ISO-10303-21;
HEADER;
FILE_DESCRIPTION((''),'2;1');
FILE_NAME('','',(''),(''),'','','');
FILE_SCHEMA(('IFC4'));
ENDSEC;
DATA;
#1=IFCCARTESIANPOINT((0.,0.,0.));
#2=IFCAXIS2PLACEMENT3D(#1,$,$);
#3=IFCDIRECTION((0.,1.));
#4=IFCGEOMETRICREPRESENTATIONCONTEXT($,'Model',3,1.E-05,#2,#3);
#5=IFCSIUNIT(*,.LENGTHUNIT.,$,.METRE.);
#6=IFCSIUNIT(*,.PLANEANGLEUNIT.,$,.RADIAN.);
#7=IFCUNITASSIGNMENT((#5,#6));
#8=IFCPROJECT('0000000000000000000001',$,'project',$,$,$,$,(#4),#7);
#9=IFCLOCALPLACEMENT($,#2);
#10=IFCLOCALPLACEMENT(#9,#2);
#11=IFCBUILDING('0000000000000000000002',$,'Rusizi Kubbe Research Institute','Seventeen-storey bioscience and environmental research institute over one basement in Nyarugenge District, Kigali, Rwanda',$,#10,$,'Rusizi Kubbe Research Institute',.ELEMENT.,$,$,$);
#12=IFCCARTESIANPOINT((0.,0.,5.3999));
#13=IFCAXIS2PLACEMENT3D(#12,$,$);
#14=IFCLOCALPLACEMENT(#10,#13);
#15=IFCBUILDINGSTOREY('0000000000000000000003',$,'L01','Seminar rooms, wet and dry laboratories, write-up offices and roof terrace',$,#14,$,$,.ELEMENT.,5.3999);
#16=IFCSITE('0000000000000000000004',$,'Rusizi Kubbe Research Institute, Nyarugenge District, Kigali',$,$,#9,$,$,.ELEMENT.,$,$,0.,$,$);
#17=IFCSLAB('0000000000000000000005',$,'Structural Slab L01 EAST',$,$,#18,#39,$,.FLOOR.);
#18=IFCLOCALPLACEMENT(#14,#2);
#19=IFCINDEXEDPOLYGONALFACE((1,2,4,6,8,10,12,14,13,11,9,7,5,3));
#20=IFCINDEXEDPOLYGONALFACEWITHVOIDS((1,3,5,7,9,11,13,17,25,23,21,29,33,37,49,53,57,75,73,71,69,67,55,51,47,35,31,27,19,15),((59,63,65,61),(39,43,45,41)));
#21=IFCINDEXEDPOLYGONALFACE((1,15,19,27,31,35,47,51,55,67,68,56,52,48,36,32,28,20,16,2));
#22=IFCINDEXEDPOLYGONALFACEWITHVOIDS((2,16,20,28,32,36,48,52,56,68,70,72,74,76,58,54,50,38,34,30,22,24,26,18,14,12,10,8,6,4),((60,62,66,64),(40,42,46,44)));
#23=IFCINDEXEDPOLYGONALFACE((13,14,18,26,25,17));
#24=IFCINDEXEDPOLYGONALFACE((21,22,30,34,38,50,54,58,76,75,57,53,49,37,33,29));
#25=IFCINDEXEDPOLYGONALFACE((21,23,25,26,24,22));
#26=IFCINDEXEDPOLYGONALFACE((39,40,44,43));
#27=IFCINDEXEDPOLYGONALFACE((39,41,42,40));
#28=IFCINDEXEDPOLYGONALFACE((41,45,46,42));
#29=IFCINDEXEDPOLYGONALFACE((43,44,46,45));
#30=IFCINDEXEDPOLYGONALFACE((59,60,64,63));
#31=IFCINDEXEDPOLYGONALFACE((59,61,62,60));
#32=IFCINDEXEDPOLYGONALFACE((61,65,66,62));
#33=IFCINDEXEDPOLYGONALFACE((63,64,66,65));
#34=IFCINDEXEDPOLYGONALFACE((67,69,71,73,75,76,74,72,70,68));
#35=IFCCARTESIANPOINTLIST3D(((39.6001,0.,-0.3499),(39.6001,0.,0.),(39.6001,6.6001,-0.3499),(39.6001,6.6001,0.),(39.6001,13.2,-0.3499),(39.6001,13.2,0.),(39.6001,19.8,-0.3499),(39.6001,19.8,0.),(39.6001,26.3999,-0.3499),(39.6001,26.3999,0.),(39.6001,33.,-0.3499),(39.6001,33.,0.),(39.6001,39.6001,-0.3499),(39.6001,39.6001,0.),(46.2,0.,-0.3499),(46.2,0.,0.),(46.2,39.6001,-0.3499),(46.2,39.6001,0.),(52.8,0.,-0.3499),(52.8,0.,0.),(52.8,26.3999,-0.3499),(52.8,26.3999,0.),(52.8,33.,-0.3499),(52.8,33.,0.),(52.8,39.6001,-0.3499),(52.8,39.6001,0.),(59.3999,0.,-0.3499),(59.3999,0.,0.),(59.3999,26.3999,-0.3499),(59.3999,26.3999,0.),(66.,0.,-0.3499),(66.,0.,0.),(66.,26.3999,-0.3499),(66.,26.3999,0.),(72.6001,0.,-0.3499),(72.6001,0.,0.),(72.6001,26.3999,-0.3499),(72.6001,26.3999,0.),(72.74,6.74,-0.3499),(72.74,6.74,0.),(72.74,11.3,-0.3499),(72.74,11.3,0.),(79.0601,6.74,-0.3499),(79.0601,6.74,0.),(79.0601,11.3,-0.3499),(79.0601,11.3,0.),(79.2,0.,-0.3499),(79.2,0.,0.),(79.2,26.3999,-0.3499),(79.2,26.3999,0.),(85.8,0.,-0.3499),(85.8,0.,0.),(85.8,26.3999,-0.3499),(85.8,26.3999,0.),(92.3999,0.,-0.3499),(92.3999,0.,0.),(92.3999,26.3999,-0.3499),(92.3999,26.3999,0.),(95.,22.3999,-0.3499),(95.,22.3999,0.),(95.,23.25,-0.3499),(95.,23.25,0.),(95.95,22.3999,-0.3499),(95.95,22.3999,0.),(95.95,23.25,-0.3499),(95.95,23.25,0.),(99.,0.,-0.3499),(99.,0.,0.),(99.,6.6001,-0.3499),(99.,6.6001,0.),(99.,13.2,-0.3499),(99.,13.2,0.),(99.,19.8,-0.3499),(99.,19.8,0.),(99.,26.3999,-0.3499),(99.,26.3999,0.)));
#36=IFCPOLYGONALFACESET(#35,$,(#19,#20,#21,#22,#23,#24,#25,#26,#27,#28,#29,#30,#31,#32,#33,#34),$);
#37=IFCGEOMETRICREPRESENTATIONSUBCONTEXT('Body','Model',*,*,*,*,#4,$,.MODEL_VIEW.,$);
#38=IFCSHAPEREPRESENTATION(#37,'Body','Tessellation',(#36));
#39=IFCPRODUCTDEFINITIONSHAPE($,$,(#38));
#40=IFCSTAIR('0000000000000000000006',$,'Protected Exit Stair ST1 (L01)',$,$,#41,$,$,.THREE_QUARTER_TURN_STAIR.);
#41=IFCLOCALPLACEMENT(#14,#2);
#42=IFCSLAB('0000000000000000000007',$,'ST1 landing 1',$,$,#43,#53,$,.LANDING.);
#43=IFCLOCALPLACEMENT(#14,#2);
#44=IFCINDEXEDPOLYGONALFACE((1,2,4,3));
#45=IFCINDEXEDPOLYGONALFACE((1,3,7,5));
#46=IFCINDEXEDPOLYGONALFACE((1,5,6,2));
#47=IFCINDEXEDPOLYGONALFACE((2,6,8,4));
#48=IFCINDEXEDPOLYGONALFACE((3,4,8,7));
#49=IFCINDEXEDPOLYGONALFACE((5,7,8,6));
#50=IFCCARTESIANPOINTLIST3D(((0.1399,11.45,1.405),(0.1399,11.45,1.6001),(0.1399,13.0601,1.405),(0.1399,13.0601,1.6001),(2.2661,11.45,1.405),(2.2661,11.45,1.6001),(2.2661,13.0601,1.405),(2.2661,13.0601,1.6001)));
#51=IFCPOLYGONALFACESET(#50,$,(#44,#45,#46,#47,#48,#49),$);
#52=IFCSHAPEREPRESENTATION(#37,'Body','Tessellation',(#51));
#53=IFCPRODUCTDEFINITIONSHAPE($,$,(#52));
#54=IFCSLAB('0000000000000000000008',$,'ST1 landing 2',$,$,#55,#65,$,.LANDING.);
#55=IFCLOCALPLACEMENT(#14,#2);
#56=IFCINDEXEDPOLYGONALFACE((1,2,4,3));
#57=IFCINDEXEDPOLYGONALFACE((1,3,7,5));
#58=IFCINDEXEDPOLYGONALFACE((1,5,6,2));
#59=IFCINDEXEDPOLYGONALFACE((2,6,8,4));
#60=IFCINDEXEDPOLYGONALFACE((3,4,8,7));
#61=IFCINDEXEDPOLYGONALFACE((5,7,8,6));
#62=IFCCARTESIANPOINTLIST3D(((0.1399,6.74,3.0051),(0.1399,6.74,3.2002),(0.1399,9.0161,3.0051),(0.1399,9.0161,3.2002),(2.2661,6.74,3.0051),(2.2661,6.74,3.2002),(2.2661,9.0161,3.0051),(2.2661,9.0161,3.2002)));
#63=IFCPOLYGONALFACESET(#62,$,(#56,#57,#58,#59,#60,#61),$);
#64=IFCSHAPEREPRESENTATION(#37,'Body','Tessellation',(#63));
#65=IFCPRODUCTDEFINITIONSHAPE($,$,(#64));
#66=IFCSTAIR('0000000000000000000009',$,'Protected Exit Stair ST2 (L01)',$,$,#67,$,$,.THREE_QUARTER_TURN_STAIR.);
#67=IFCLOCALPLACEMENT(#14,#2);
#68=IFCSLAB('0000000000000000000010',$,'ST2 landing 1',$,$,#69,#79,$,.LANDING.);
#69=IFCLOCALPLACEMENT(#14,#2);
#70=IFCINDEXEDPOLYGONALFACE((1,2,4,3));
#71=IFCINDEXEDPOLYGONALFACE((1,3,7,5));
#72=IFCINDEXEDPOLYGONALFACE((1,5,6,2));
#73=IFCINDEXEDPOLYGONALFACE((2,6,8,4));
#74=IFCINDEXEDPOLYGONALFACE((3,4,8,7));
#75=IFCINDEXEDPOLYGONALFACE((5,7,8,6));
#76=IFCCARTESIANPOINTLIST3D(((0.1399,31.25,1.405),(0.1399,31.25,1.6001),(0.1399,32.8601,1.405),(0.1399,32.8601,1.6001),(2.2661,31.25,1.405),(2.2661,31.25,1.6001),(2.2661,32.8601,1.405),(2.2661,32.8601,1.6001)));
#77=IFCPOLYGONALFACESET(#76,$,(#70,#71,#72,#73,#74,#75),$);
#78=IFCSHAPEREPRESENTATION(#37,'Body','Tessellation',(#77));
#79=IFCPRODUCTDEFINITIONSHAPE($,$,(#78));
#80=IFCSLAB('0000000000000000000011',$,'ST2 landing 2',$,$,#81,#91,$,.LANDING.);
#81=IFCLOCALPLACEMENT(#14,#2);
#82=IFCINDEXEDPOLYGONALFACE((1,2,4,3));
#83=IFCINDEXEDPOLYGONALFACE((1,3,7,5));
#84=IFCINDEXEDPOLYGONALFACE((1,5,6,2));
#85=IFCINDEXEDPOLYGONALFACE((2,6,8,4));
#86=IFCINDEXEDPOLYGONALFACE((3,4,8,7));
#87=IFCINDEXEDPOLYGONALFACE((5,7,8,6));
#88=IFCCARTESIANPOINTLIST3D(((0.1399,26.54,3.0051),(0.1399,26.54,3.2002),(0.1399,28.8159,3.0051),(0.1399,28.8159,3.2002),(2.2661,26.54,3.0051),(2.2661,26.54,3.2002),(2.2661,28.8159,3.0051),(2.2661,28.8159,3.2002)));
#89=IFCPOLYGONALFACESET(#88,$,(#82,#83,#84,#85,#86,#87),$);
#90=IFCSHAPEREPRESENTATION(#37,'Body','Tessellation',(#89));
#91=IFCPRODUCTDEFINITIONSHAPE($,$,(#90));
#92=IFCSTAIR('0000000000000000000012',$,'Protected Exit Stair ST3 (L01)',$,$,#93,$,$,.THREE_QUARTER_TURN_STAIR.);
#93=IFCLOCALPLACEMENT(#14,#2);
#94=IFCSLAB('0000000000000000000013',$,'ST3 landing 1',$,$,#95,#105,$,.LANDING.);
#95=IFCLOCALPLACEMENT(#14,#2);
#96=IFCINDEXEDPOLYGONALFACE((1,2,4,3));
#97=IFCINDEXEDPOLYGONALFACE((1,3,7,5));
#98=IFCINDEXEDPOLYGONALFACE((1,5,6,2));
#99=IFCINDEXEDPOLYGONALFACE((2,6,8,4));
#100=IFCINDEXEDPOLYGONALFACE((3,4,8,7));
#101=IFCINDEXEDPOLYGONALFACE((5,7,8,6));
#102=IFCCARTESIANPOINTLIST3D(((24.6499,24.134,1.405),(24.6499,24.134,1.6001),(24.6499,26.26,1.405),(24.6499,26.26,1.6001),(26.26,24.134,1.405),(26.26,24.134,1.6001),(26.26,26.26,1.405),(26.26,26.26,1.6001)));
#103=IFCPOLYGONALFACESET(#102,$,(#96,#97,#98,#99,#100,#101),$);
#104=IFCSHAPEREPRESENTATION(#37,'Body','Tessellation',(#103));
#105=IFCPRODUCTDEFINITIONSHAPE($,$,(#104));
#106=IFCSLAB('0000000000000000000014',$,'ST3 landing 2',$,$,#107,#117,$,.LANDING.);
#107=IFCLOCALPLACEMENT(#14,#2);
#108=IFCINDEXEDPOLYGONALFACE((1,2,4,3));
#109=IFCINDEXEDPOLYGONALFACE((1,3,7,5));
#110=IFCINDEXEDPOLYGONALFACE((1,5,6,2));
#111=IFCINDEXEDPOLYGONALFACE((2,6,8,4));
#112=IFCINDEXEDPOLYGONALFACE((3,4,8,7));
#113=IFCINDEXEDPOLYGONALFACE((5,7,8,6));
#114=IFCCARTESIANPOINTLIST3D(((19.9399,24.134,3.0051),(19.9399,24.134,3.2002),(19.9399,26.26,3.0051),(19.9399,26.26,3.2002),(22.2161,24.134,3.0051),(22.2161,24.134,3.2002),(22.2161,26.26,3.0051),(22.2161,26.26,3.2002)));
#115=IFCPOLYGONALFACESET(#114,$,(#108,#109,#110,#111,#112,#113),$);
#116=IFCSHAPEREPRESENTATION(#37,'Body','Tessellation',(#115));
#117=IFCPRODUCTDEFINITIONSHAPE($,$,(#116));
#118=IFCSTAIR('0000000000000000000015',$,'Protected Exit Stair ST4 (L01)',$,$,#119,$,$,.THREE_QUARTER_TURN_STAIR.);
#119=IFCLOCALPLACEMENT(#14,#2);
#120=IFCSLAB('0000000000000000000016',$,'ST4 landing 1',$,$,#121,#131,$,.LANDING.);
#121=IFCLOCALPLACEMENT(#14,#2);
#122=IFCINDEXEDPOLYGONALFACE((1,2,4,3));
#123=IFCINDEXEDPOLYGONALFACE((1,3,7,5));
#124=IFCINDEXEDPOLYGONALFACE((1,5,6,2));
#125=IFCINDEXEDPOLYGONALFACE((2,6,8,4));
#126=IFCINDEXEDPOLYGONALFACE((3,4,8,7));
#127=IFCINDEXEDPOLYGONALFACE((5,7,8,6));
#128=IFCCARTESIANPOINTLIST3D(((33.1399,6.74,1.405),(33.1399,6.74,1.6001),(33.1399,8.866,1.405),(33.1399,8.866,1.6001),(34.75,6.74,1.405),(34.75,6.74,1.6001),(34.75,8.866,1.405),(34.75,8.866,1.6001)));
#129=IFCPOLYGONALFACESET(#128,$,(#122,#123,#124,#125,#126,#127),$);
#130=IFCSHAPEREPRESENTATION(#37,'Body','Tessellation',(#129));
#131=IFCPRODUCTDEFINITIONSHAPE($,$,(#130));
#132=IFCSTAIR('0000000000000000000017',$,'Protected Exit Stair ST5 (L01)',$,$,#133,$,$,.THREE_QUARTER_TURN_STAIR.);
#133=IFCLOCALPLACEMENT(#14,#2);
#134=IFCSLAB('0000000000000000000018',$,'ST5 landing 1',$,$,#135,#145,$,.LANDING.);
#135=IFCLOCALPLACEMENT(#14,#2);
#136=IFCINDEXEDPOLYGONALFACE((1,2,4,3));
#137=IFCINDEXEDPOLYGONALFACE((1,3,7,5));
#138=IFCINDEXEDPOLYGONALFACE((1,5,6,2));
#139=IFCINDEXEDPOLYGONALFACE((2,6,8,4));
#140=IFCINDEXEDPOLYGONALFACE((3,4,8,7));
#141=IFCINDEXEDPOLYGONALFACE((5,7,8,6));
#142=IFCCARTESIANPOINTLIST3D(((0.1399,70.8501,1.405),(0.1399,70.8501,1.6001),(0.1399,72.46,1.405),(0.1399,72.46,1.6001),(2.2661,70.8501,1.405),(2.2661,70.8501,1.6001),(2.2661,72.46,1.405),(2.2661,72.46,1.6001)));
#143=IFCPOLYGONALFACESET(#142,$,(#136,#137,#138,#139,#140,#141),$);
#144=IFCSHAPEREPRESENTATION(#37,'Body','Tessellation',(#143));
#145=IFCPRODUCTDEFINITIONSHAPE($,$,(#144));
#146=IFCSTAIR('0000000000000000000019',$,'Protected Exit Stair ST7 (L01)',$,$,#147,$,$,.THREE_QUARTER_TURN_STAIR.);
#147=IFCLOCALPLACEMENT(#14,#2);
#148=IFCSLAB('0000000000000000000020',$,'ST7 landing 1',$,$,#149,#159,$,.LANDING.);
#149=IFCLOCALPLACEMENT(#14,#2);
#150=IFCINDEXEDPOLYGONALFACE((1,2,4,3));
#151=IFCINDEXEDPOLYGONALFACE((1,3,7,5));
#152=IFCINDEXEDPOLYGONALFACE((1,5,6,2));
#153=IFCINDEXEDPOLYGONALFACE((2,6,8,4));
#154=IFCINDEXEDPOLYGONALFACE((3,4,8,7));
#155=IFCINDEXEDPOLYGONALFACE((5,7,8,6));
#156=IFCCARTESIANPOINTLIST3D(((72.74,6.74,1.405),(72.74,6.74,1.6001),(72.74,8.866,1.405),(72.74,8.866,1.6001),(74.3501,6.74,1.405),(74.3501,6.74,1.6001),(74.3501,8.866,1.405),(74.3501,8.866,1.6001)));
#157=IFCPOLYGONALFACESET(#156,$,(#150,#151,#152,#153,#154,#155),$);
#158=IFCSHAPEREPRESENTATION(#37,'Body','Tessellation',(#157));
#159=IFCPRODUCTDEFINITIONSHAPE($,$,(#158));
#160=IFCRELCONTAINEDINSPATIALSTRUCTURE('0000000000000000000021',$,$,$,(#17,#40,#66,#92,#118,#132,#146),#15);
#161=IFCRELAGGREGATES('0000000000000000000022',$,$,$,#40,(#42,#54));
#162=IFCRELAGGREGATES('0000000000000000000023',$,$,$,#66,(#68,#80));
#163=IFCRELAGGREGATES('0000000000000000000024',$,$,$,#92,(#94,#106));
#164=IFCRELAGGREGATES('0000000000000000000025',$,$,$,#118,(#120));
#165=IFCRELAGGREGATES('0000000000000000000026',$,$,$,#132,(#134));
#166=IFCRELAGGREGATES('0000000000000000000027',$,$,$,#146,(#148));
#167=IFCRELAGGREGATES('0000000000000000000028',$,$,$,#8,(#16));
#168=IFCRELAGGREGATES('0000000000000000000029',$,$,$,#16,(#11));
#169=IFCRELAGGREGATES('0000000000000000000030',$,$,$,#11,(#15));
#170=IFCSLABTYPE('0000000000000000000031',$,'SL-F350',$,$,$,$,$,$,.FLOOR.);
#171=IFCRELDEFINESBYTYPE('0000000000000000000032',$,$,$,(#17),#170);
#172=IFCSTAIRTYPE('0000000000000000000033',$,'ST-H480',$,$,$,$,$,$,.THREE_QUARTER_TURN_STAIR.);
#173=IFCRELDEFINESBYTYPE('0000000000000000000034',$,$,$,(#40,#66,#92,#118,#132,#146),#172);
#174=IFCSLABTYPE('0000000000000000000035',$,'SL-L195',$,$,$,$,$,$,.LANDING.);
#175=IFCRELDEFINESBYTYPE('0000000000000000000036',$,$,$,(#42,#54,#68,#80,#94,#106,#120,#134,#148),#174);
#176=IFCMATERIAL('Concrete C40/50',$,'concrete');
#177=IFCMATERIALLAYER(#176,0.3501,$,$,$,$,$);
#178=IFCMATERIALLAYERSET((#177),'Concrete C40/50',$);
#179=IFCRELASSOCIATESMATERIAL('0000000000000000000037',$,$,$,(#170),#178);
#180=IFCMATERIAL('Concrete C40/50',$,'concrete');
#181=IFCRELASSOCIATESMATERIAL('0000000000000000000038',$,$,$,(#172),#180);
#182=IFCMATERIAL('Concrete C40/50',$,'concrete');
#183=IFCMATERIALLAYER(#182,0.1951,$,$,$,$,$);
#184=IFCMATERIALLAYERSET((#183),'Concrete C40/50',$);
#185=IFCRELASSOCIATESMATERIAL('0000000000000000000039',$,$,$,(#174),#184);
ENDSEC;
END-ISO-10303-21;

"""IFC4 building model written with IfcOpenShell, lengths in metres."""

from ifc_helpers import new_model, si_unit, direction, frame, origin, place, context, subcontext, project, spatial, polyline, outline, extrude, material, layer, layer_set, type_object, element, aggregate, save


model = new_model("IFC4")

# Units and contexts
model_context = context("Model", 3, precision=1e-05, world=origin(), true_north=direction((0.0, 1.0)))
body_context = subcontext(model_context, "Body", "Model", "MODEL_VIEW")
ifc_project = project(units=[si_unit("LENGTHUNIT", "METRE"), si_unit("PLANEANGLEUNIT", "RADIAN")], contexts=[model_context])

# Site, building, storey
site_placement = place(None, origin())
site = spatial("IfcSite", under=ifc_project, at=site_placement, Name="Rusizi Kubbe Research Institute, Nyarugenge District, Kigali", CompositionType="ELEMENT", RefElevation=0.0)
building_placement = place(site_placement, origin())
building = spatial("IfcBuilding", under=site, at=building_placement, Name="Rusizi Kubbe Research Institute", Description="Seventeen-storey bioscience and environmental research institute over one basement in Nyarugenge District, Kigali, Rwanda", LongName="Rusizi Kubbe Research Institute", CompositionType="ELEMENT")
storey_placement = place(building_placement, frame((0.0, 0.0, 5.3999)))
storey = spatial("IfcBuildingStorey", under=building, at=storey_placement, Name="L01", Description="Seminar rooms, wet and dry laboratories, write-up offices and roof terrace", CompositionType="ELEMENT", Elevation=5.3999)

# Slab
ifc_material_1 = material(Name="Concrete C40/50", Category="concrete")
ifc_layer_1 = layer(ifc_material_1, 0.3501)
ifc_layer_set_1 = layer_set([ifc_layer_1], Name="Concrete C40/50")
slab_type_1 = type_object("IfcSlabType", Name="SL-F350", PredefinedType="FLOOR", material=ifc_layer_set_1)
slab_1_placement = place(storey_placement, frame((0.0, 0.0, -0.3499)))
element("IfcSlab", 1, at=slab_1_placement, inside=storey, type_object=slab_type_1, Name="Structural Slab L01 EAST", PredefinedType="FLOOR", context=body_context, shape_type="SweptSolid", body=[
    extrude(outline(polyline([(52.8, 0.0), (46.2, 0.0), (39.6001, 0.0), (39.6001, 6.6001), (39.6001, 13.2), (39.6001, 19.8), (39.6001, 26.3999), (39.6001, 33.0), (39.6001, 39.6001), (46.2, 39.6001), (52.8, 39.6001), (52.8, 33.0), (52.8, 26.3999), (59.3999, 26.3999), (66.0, 26.3999), (72.6001, 26.3999), (79.2, 26.3999), (85.8, 26.3999), (92.3999, 26.3999), (99.0, 26.3999), (99.0, 19.8), (99.0, 13.2), (99.0, 6.6001), (99.0, 0.0), (92.3999, 0.0), (85.8, 0.0), (79.2, 0.0), (72.6001, 0.0), (66.0, 0.0), (59.3999, 0.0), (52.8, 0.0)]), holes=[polyline([(79.0601, 11.3), (72.74, 11.3), (72.74, 6.74), (79.0601, 6.74), (79.0601, 11.3)]), polyline([(95.0, 23.25), (95.0, 22.3999), (95.95, 22.3999), (95.95, 23.25), (95.0, 23.25)])]), origin(), (0.0, 0.0, 1.0), 0.3499),
])

# Stairs, slabs
ifc_material_2 = material(Name="Concrete C40/50", Category="concrete")
stair_type = type_object("IfcStairType", Name="ST-H480", PredefinedType="THREE_QUARTER_TURN_STAIR", material=ifc_material_2)
stair_1_placement = place(storey_placement, origin())
stair_1 = element("IfcStair", 2, at=stair_1_placement, inside=storey, type_object=stair_type, Name="Protected Exit Stair ST1 (L01)", PredefinedType="THREE_QUARTER_TURN_STAIR")
ifc_material_3 = material(Name="Concrete C40/50", Category="concrete")
ifc_layer_2 = layer(ifc_material_3, 0.1951)
ifc_layer_set_2 = layer_set([ifc_layer_2], Name="Concrete C40/50")
slab_type_2 = type_object("IfcSlabType", Name="SL-L195", PredefinedType="LANDING", material=ifc_layer_set_2)
slab_2_placement = place(storey_placement, frame((0.0, 0.0, 1.405)))
slab_2 = element("IfcSlab", 3, at=slab_2_placement, type_object=slab_type_2, Name="ST1 landing 1", PredefinedType="LANDING", context=body_context, shape_type="SweptSolid", body=[
    extrude(outline(polyline([(2.2661, 13.0601), (0.1399, 13.0601), (0.1399, 11.45), (2.2661, 11.45), (2.2661, 13.0601)])), origin(), (0.0, 0.0, 1.0), 0.1951),
])
slab_3_placement = place(storey_placement, frame((0.0, 0.0, 3.0051)))
slab_3 = element("IfcSlab", 4, at=slab_3_placement, type_object=slab_type_2, Name="ST1 landing 2", PredefinedType="LANDING", context=body_context, shape_type="SweptSolid", body=[
    extrude(outline(polyline([(2.2661, 9.0161), (0.1399, 9.0161), (0.1399, 6.74), (2.2661, 6.74), (2.2661, 9.0161)])), origin(), (0.0, 0.0, 1.0), 0.1951),
])
aggregate(stair_1, [slab_2, slab_3])
stair_2_placement = place(storey_placement, origin())
stair_2 = element("IfcStair", 5, at=stair_2_placement, inside=storey, type_object=stair_type, Name="Protected Exit Stair ST2 (L01)", PredefinedType="THREE_QUARTER_TURN_STAIR")
slab_4_placement = place(storey_placement, frame((0.0, 0.0, 1.405)))
slab_4 = element("IfcSlab", 6, at=slab_4_placement, type_object=slab_type_2, Name="ST2 landing 1", PredefinedType="LANDING", context=body_context, shape_type="SweptSolid", body=[
    extrude(outline(polyline([(2.2661, 32.8601), (0.1399, 32.8601), (0.1399, 31.25), (2.2661, 31.25), (2.2661, 32.8601)])), origin(), (0.0, 0.0, 1.0), 0.1951),
])
slab_5_placement = place(storey_placement, frame((0.0, 0.0, 3.0051)))
slab_5 = element("IfcSlab", 7, at=slab_5_placement, type_object=slab_type_2, Name="ST2 landing 2", PredefinedType="LANDING", context=body_context, shape_type="SweptSolid", body=[
    extrude(outline(polyline([(2.2661, 28.8159), (0.1399, 28.8159), (0.1399, 26.54), (2.2661, 26.54), (2.2661, 28.8159)])), origin(), (0.0, 0.0, 1.0), 0.1951),
])
aggregate(stair_2, [slab_4, slab_5])
stair_3_placement = place(storey_placement, origin())
stair_3 = element("IfcStair", 8, at=stair_3_placement, inside=storey, type_object=stair_type, Name="Protected Exit Stair ST3 (L01)", PredefinedType="THREE_QUARTER_TURN_STAIR")
slab_6_placement = place(storey_placement, frame((0.0, 0.0, 1.405)))
slab_6 = element("IfcSlab", 9, at=slab_6_placement, type_object=slab_type_2, Name="ST3 landing 1", PredefinedType="LANDING", context=body_context, shape_type="SweptSolid", body=[
    extrude(outline(polyline([(26.26, 24.134), (26.26, 26.26), (24.6499, 26.26), (24.6499, 24.134), (26.26, 24.134)])), origin(), (0.0, 0.0, 1.0), 0.1951),
])
slab_7_placement = place(storey_placement, frame((0.0, 0.0, 3.0051)))
slab_7 = element("IfcSlab", 10, at=slab_7_placement, type_object=slab_type_2, Name="ST3 landing 2", PredefinedType="LANDING", context=body_context, shape_type="SweptSolid", body=[
    extrude(outline(polyline([(22.2161, 24.134), (22.2161, 26.26), (19.9399, 26.26), (19.9399, 24.134), (22.2161, 24.134)])), origin(), (0.0, 0.0, 1.0), 0.1951),
])
aggregate(stair_3, [slab_6, slab_7])

# Stairs, slabs
stair_4_placement = place(storey_placement, origin())
stair_4 = element("IfcStair", 11, at=stair_4_placement, inside=storey, type_object=stair_type, Name="Protected Exit Stair ST4 (L01)", PredefinedType="THREE_QUARTER_TURN_STAIR")
slab_8_placement = place(storey_placement, frame((0.0, 0.0, 1.405)))
slab_8 = element("IfcSlab", 12, at=slab_8_placement, type_object=slab_type_2, Name="ST4 landing 1", PredefinedType="LANDING", context=body_context, shape_type="SweptSolid", body=[
    extrude(outline(polyline([(33.1399, 8.866), (33.1399, 6.74), (34.75, 6.74), (34.75, 8.866), (33.1399, 8.866)])), origin(), (0.0, 0.0, 1.0), 0.1951),
])
aggregate(stair_4, [slab_8])
stair_5_placement = place(storey_placement, origin())
stair_5 = element("IfcStair", 13, at=stair_5_placement, inside=storey, type_object=stair_type, Name="Protected Exit Stair ST5 (L01)", PredefinedType="THREE_QUARTER_TURN_STAIR")
slab_9_placement = place(storey_placement, frame((0.0, 0.0, 1.405)))
slab_9 = element("IfcSlab", 14, at=slab_9_placement, type_object=slab_type_2, Name="ST5 landing 1", PredefinedType="LANDING", context=body_context, shape_type="SweptSolid", body=[
    extrude(outline(polyline([(2.2661, 72.46), (0.1399, 72.46), (0.1399, 70.8501), (2.2661, 70.8501), (2.2661, 72.46)])), origin(), (0.0, 0.0, 1.0), 0.1951),
])
aggregate(stair_5, [slab_9])
stair_6_placement = place(storey_placement, origin())
stair_6 = element("IfcStair", 15, at=stair_6_placement, inside=storey, type_object=stair_type, Name="Protected Exit Stair ST7 (L01)", PredefinedType="THREE_QUARTER_TURN_STAIR")
slab_10_placement = place(storey_placement, frame((0.0, 0.0, 1.405)))
slab_10 = element("IfcSlab", 16, at=slab_10_placement, type_object=slab_type_2, Name="ST7 landing 1", PredefinedType="LANDING", context=body_context, shape_type="SweptSolid", body=[
    extrude(outline(polyline([(72.74, 8.866), (72.74, 6.74), (74.3501, 6.74), (74.3501, 8.866), (72.74, 8.866)])), origin(), (0.0, 0.0, 1.0), 0.1951),
])
aggregate(stair_6, [slab_10])

save(model, "model.ifc")
